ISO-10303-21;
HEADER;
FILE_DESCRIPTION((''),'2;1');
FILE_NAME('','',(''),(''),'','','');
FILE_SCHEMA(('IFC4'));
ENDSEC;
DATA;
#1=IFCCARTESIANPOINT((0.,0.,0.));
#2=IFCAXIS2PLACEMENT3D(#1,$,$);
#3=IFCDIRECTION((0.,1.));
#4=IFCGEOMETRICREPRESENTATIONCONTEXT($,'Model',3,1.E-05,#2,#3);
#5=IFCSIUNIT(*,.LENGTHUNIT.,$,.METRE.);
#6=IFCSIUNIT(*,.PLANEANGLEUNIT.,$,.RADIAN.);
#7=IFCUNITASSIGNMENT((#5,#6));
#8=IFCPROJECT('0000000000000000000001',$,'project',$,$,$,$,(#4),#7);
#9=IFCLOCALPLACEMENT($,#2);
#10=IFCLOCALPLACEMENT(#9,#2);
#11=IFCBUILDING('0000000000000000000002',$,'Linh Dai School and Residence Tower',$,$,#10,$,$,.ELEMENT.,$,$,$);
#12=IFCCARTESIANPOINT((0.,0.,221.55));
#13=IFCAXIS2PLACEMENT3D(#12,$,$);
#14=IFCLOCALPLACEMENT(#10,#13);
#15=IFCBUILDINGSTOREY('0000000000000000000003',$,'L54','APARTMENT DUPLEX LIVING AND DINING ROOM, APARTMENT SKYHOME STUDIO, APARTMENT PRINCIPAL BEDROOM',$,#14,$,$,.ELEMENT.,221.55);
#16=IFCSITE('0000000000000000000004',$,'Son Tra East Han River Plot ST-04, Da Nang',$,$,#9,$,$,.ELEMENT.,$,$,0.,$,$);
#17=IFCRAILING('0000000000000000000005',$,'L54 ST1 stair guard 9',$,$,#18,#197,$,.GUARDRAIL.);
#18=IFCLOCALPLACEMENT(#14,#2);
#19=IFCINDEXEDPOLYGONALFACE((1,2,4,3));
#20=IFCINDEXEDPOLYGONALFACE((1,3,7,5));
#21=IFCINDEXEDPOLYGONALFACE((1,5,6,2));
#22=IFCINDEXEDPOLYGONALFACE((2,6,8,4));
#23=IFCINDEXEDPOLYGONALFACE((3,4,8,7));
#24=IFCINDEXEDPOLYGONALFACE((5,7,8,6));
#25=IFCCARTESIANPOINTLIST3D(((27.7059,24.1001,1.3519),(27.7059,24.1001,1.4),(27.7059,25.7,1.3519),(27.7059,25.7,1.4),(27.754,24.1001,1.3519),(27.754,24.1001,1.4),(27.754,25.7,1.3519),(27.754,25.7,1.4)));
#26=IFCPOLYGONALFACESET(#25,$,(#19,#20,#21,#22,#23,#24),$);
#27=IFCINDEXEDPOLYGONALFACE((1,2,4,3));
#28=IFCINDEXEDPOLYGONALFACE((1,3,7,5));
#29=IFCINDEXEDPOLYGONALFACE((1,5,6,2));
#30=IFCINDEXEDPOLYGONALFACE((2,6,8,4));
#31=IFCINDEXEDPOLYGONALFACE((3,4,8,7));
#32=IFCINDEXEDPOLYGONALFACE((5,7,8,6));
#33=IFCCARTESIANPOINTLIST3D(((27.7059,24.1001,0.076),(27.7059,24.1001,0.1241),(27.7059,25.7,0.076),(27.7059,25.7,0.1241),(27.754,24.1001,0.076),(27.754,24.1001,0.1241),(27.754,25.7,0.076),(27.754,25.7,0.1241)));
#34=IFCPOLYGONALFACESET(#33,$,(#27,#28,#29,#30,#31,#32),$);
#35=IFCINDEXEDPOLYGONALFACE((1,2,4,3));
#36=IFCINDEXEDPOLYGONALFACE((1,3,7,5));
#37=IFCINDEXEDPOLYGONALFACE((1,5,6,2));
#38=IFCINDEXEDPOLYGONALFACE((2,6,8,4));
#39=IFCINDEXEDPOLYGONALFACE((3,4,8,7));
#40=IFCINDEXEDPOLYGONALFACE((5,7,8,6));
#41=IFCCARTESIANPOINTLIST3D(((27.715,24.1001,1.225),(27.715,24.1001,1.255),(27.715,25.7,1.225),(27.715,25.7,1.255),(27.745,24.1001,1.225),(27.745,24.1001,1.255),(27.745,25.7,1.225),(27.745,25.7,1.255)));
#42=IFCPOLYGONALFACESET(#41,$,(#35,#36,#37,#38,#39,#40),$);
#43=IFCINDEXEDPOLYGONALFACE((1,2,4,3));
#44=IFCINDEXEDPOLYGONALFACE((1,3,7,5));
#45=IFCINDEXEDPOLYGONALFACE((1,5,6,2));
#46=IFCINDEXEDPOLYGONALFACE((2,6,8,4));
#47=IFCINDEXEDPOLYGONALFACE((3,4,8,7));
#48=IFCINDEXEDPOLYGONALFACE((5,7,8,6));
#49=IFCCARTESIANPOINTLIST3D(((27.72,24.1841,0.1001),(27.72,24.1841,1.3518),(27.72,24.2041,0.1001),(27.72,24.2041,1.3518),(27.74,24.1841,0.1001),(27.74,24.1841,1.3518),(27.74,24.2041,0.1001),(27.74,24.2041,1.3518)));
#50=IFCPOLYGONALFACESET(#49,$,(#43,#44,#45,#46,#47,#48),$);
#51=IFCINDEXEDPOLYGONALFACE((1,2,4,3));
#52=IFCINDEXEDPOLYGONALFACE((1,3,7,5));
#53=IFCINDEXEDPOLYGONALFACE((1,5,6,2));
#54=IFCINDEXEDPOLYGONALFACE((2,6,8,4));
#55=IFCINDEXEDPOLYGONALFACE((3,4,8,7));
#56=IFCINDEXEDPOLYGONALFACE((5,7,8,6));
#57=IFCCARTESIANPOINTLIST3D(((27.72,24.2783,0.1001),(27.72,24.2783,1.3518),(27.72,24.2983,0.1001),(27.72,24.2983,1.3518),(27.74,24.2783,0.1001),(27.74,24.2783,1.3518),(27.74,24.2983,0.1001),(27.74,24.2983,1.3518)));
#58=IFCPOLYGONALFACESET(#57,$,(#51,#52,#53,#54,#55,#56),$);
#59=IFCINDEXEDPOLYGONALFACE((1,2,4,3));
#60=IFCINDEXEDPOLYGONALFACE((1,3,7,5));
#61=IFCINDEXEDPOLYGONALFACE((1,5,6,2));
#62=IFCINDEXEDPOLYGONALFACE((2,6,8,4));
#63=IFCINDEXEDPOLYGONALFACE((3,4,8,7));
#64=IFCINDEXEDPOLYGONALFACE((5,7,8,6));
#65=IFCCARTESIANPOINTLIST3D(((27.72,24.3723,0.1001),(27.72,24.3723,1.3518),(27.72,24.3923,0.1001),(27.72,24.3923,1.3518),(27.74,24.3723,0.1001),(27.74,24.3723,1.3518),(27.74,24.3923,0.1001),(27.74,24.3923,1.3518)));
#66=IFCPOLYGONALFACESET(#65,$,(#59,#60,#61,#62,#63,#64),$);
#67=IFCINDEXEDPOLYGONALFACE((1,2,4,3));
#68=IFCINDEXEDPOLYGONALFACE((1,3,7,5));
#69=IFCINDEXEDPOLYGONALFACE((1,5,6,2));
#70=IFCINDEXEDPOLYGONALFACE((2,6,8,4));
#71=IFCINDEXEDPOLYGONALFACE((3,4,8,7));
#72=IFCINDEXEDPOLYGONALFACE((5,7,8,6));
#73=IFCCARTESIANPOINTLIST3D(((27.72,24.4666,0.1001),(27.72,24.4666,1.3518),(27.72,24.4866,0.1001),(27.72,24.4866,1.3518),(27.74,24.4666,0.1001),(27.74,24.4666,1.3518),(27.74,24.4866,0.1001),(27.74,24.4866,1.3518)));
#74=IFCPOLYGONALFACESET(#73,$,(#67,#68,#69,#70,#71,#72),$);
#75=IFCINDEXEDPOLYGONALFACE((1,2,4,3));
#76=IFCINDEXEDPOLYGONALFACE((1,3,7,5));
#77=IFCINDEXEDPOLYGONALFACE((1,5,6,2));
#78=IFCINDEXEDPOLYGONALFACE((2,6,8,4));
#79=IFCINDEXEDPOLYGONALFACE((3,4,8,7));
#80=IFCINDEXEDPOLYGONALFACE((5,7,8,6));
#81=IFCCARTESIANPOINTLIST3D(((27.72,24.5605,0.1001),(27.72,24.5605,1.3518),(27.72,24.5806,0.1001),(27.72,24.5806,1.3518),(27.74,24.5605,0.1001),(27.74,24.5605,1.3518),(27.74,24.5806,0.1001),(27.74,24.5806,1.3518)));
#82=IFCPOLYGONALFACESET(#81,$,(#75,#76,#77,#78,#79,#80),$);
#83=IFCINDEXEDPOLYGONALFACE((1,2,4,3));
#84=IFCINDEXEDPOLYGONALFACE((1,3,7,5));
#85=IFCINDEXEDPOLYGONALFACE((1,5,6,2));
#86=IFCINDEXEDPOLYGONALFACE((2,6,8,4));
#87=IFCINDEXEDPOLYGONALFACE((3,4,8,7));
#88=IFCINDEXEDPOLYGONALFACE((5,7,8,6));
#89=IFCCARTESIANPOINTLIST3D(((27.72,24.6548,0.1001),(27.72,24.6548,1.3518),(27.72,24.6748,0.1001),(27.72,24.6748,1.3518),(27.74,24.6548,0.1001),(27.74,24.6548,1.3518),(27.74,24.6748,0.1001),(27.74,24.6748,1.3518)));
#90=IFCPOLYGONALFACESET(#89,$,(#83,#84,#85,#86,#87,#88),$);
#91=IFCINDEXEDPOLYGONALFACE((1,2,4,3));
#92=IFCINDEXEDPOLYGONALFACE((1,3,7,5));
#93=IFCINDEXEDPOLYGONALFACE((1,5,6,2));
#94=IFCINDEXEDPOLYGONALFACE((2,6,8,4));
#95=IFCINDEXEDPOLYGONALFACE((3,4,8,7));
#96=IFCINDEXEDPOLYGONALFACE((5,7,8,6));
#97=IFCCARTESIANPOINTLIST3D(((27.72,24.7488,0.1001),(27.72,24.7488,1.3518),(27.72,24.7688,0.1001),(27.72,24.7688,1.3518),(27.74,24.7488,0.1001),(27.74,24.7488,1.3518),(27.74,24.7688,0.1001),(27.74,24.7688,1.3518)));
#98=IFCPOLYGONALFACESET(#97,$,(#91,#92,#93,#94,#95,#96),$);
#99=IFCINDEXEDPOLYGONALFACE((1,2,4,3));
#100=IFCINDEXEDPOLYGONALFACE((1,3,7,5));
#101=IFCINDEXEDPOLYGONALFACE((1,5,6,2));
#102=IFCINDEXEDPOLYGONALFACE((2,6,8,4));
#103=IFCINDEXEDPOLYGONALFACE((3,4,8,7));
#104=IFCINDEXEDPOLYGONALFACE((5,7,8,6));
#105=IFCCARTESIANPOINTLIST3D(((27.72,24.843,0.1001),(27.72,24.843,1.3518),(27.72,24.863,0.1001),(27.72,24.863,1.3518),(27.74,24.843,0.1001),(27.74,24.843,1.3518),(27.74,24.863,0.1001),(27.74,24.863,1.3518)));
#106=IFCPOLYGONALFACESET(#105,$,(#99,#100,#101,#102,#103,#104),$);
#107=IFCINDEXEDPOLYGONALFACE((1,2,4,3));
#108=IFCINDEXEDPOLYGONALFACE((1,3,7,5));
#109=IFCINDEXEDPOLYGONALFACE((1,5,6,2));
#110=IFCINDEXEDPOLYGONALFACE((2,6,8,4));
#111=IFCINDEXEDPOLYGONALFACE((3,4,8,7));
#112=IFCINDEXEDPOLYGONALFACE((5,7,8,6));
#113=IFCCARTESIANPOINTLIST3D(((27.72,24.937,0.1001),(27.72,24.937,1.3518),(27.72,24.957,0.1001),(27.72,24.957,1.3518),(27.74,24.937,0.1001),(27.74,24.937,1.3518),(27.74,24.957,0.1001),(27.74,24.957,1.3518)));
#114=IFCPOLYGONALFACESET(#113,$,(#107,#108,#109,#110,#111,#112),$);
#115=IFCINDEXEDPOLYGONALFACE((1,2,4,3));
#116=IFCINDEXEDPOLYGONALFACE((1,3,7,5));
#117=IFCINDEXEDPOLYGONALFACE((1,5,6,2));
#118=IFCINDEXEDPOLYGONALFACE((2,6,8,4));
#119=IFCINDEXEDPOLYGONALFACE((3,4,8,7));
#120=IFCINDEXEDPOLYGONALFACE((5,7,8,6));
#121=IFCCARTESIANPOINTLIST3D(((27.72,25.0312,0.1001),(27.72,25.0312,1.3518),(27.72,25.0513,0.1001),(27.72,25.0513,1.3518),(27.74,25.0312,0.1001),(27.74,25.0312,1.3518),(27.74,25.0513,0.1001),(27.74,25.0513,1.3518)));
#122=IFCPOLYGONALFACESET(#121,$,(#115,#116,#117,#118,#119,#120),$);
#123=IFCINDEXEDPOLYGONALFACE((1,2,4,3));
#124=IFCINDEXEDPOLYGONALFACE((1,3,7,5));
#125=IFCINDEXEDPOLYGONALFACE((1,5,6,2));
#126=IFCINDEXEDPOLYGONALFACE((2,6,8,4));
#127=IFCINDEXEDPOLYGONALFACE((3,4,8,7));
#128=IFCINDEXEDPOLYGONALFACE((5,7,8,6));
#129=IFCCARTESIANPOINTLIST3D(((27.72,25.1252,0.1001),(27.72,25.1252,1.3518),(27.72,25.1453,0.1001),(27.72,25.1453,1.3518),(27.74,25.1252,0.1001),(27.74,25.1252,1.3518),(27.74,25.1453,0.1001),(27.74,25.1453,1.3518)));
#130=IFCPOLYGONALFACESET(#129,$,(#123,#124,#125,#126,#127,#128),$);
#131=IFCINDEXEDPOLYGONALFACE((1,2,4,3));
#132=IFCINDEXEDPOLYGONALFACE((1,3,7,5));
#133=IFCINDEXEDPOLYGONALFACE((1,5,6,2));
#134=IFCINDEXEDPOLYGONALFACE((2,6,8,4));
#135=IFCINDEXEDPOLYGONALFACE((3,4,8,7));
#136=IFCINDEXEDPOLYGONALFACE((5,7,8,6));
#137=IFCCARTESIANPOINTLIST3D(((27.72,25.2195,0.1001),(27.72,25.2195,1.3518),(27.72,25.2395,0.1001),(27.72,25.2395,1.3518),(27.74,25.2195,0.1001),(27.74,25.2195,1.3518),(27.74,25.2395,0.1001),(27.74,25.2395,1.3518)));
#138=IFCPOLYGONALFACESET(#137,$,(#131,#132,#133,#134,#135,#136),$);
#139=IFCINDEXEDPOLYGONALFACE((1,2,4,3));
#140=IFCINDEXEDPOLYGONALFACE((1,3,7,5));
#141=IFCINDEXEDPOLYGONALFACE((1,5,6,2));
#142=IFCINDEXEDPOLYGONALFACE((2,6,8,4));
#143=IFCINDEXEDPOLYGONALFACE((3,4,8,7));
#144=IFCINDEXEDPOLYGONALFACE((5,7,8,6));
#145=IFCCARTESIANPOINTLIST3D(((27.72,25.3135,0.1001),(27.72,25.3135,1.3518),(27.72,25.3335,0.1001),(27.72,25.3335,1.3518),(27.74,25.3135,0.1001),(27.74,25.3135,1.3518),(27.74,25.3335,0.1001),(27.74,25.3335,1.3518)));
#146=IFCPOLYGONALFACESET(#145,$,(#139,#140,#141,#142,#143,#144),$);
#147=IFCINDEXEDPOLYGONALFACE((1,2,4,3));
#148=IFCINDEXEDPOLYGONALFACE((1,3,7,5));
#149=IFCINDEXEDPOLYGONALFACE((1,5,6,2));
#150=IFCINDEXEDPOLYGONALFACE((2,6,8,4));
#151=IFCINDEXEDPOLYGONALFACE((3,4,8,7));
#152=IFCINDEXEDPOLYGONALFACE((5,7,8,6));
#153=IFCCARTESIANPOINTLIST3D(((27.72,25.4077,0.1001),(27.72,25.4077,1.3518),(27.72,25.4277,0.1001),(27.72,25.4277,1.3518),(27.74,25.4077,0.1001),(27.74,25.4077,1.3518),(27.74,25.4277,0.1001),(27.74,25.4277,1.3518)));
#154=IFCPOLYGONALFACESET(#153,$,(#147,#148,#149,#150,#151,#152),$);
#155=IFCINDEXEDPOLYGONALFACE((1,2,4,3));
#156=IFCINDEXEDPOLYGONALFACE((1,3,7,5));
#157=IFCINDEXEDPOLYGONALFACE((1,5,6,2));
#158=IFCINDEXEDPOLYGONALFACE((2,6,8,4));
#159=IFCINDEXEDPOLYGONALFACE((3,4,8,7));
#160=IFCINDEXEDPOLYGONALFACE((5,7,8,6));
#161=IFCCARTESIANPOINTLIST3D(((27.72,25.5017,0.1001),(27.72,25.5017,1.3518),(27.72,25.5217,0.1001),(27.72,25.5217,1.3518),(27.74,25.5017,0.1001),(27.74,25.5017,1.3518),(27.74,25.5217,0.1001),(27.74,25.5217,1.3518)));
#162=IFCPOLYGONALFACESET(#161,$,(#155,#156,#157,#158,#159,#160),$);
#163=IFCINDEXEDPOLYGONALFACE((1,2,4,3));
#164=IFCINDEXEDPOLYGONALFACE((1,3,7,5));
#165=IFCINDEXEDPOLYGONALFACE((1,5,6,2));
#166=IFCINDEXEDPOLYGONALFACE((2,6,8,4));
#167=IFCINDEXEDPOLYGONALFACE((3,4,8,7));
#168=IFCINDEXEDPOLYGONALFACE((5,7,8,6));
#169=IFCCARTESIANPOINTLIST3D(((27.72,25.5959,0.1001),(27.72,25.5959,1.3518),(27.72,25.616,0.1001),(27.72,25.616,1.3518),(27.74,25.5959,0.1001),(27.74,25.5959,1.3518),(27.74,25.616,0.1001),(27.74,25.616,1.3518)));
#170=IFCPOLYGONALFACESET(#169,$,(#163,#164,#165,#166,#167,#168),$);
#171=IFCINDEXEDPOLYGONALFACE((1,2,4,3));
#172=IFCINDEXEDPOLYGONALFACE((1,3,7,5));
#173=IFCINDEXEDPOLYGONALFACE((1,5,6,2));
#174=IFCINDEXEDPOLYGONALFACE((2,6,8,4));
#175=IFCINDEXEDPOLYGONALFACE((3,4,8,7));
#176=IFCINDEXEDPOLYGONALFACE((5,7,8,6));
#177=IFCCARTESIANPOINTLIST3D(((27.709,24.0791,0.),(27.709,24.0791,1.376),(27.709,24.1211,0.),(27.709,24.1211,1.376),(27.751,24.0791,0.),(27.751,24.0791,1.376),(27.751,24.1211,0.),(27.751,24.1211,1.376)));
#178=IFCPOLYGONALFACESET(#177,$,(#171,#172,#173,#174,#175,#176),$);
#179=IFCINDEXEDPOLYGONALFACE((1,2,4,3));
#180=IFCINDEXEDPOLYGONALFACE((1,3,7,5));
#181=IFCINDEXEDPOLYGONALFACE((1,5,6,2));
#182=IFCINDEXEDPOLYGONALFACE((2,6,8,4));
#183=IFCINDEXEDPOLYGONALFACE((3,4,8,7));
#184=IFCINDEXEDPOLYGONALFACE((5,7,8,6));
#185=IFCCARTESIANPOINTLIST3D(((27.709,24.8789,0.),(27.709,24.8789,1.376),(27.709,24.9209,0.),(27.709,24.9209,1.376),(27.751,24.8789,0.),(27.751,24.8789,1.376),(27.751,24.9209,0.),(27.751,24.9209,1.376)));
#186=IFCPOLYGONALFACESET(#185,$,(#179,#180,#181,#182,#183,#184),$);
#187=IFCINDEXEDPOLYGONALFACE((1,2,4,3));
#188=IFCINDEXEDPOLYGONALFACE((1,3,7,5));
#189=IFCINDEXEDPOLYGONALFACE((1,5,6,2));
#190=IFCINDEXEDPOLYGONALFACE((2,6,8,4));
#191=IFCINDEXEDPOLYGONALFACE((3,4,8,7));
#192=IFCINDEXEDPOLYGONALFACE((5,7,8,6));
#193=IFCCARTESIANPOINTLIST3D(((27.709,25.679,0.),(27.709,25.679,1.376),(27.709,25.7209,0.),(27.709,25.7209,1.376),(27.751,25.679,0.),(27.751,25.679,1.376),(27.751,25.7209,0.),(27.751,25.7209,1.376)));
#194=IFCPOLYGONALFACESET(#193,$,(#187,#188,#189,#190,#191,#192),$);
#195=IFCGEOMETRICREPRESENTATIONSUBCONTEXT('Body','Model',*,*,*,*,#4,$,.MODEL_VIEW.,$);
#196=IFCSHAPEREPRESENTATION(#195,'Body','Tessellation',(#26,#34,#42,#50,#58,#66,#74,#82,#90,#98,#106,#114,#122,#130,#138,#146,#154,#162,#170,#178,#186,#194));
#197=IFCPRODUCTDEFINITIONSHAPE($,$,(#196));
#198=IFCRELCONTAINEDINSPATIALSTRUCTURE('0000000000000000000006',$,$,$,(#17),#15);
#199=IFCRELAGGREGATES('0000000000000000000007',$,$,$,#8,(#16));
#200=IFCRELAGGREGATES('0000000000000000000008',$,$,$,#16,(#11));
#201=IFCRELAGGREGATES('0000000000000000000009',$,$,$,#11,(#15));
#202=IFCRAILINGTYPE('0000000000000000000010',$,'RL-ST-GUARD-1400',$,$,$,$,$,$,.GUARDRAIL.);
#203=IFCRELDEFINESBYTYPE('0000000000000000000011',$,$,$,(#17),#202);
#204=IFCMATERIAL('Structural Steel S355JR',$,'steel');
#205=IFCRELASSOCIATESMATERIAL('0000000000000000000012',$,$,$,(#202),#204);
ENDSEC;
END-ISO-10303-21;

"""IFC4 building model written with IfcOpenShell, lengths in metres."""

from ifc_helpers import new_model, si_unit, direction, frame, origin, origin_2d, place, context, subcontext, project, spatial, rectangle, extrude, source, transform, mapped, material, type_object, element, save


model = new_model("IFC4")

# Units and contexts
model_context = context("Model", 3, precision=1e-05, world=origin(), true_north=direction((0.0, 1.0)))
body_context = subcontext(model_context, "Body", "Model", "MODEL_VIEW")
ifc_project = project(units=[si_unit("LENGTHUNIT", "METRE"), si_unit("PLANEANGLEUNIT", "RADIAN")], contexts=[model_context])

# Site, building, storey
site_placement = place(None, origin())
site = spatial("IfcSite", under=ifc_project, at=site_placement, Name="Son Tra East Han River Plot ST-04, Da Nang", CompositionType="ELEMENT", RefElevation=0.0)
building_placement = place(site_placement, origin())
building = spatial("IfcBuilding", under=site, at=building_placement, Name="Linh Dai School and Residence Tower", CompositionType="ELEMENT")
storey_placement = place(building_placement, frame((0.0, 0.0, 221.55)))
storey = spatial("IfcBuildingStorey", under=building, at=storey_placement, Name="L54", Description="APARTMENT DUPLEX LIVING AND DINING ROOM, APARTMENT SKYHOME STUDIO, APARTMENT PRINCIPAL BEDROOM", CompositionType="ELEMENT", Elevation=221.55)

# Shared definitions
ifc_material_1 = material(Name="Structural Steel S355JR", Category="steel")

# Railing
railing_type = type_object("IfcRailingType", Name="RL-ST-GUARD-1400", PredefinedType="GUARDRAIL", material=ifc_material_1)
shared_shape_1 = source(origin(), body_context, "Body", "SweptSolid", [
    extrude(rectangle(XDim=0.0481, YDim=0.0481, at=origin_2d()), frame((0.0, 0.0, 1.376), z_axis=(0.0, 1.0, 0.0), x_axis=(-1.0, 0.0, 0.0)), (0.0, 0.0, 1.0), 1.5999),
    extrude(rectangle(XDim=0.0481, YDim=0.0481, at=origin_2d()), frame((0.0, 0.0, 0.1001), z_axis=(0.0, 1.0, 0.0), x_axis=(-1.0, 0.0, 0.0)), (0.0, 0.0, 1.0), 1.5999),
    extrude(rectangle(XDim=0.03, YDim=0.03, at=origin_2d()), frame((0.0, 0.0, 1.24), z_axis=(0.0, 1.0, 0.0), x_axis=(-1.0, 0.0, 0.0)), (0.0, 0.0, 1.0), 1.5999),
    extrude(rectangle(XDim=0.02, YDim=0.02, at=origin_2d()), frame((0.0, 0.094, 0.1001)), (0.0, 0.0, 1.0), 1.2517),
    extrude(rectangle(XDim=0.02, YDim=0.02, at=origin_2d()), frame((0.0, 0.1882, 0.1001)), (0.0, 0.0, 1.0), 1.2517),
    extrude(rectangle(XDim=0.02, YDim=0.02, at=origin_2d()), frame((0.0, 0.2822, 0.1001)), (0.0, 0.0, 1.0), 1.2517),
    extrude(rectangle(XDim=0.02, YDim=0.02, at=origin_2d()), frame((0.0, 0.3765, 0.1001)), (0.0, 0.0, 1.0), 1.2517),
    extrude(rectangle(XDim=0.02, YDim=0.02, at=origin_2d()), frame((0.0, 0.4705, 0.1001)), (0.0, 0.0, 1.0), 1.2517),
    extrude(rectangle(XDim=0.02, YDim=0.02, at=origin_2d()), frame((0.0, 0.5647, 0.1001)), (0.0, 0.0, 1.0), 1.2517),
    extrude(rectangle(XDim=0.02, YDim=0.02, at=origin_2d()), frame((0.0, 0.6587, 0.1001)), (0.0, 0.0, 1.0), 1.2517),
    extrude(rectangle(XDim=0.02, YDim=0.02, at=origin_2d()), frame((0.0, 0.7529, 0.1001)), (0.0, 0.0, 1.0), 1.2517),
    extrude(rectangle(XDim=0.02, YDim=0.02, at=origin_2d()), frame((0.0, 0.8469, 0.1001)), (0.0, 0.0, 1.0), 1.2517),
    extrude(rectangle(XDim=0.02, YDim=0.02, at=origin_2d()), frame((0.0, 0.9412, 0.1001)), (0.0, 0.0, 1.0), 1.2517),
    extrude(rectangle(XDim=0.02, YDim=0.02, at=origin_2d()), frame((0.0, 1.0352, 0.1001)), (0.0, 0.0, 1.0), 1.2517),
    extrude(rectangle(XDim=0.02, YDim=0.02, at=origin_2d()), frame((0.0, 1.1294, 0.1001)), (0.0, 0.0, 1.0), 1.2517),
    extrude(rectangle(XDim=0.02, YDim=0.02, at=origin_2d()), frame((0.0, 1.2234, 0.1001)), (0.0, 0.0, 1.0), 1.2517),
    extrude(rectangle(XDim=0.02, YDim=0.02, at=origin_2d()), frame((0.0, 1.3176, 0.1001)), (0.0, 0.0, 1.0), 1.2517),
    extrude(rectangle(XDim=0.02, YDim=0.02, at=origin_2d()), frame((0.0, 1.4116, 0.1001)), (0.0, 0.0, 1.0), 1.2517),
    extrude(rectangle(XDim=0.02, YDim=0.02, at=origin_2d()), frame((0.0, 1.5059, 0.1001)), (0.0, 0.0, 1.0), 1.2517),
    extrude(rectangle(XDim=0.042, YDim=0.042, at=origin_2d()), origin(), (0.0, 0.0, 1.0), 1.376),
    extrude(rectangle(XDim=0.042, YDim=0.042, at=origin_2d()), frame((0.0, 0.7998, 0.0)), (0.0, 0.0, 1.0), 1.376),
    extrude(rectangle(XDim=0.042, YDim=0.042, at=origin_2d()), frame((0.0, 1.5999, 0.0)), (0.0, 0.0, 1.0), 1.376),
])
for number, where, name in (
    (1, (27.73, 24.1001, 0.0), "L54 ST1 stair guard 9"),
):
    element("IfcRailing", number, at=place(storey_placement, frame(where)), inside=storey, type_object=railing_type, Name=name, PredefinedType="GUARDRAIL", context=body_context, shape_type="MappedRepresentation", body=[
        mapped(shared_shape_1, transform((0.0, 0.0, 0.0), x_axis=(1.0, 0.0, 0.0), y_axis=(0.0, 1.0, 0.0), z_axis=(0.0, 0.0, 1.0), scale=1.0)),
    ])

save(model, "model.ifc")
